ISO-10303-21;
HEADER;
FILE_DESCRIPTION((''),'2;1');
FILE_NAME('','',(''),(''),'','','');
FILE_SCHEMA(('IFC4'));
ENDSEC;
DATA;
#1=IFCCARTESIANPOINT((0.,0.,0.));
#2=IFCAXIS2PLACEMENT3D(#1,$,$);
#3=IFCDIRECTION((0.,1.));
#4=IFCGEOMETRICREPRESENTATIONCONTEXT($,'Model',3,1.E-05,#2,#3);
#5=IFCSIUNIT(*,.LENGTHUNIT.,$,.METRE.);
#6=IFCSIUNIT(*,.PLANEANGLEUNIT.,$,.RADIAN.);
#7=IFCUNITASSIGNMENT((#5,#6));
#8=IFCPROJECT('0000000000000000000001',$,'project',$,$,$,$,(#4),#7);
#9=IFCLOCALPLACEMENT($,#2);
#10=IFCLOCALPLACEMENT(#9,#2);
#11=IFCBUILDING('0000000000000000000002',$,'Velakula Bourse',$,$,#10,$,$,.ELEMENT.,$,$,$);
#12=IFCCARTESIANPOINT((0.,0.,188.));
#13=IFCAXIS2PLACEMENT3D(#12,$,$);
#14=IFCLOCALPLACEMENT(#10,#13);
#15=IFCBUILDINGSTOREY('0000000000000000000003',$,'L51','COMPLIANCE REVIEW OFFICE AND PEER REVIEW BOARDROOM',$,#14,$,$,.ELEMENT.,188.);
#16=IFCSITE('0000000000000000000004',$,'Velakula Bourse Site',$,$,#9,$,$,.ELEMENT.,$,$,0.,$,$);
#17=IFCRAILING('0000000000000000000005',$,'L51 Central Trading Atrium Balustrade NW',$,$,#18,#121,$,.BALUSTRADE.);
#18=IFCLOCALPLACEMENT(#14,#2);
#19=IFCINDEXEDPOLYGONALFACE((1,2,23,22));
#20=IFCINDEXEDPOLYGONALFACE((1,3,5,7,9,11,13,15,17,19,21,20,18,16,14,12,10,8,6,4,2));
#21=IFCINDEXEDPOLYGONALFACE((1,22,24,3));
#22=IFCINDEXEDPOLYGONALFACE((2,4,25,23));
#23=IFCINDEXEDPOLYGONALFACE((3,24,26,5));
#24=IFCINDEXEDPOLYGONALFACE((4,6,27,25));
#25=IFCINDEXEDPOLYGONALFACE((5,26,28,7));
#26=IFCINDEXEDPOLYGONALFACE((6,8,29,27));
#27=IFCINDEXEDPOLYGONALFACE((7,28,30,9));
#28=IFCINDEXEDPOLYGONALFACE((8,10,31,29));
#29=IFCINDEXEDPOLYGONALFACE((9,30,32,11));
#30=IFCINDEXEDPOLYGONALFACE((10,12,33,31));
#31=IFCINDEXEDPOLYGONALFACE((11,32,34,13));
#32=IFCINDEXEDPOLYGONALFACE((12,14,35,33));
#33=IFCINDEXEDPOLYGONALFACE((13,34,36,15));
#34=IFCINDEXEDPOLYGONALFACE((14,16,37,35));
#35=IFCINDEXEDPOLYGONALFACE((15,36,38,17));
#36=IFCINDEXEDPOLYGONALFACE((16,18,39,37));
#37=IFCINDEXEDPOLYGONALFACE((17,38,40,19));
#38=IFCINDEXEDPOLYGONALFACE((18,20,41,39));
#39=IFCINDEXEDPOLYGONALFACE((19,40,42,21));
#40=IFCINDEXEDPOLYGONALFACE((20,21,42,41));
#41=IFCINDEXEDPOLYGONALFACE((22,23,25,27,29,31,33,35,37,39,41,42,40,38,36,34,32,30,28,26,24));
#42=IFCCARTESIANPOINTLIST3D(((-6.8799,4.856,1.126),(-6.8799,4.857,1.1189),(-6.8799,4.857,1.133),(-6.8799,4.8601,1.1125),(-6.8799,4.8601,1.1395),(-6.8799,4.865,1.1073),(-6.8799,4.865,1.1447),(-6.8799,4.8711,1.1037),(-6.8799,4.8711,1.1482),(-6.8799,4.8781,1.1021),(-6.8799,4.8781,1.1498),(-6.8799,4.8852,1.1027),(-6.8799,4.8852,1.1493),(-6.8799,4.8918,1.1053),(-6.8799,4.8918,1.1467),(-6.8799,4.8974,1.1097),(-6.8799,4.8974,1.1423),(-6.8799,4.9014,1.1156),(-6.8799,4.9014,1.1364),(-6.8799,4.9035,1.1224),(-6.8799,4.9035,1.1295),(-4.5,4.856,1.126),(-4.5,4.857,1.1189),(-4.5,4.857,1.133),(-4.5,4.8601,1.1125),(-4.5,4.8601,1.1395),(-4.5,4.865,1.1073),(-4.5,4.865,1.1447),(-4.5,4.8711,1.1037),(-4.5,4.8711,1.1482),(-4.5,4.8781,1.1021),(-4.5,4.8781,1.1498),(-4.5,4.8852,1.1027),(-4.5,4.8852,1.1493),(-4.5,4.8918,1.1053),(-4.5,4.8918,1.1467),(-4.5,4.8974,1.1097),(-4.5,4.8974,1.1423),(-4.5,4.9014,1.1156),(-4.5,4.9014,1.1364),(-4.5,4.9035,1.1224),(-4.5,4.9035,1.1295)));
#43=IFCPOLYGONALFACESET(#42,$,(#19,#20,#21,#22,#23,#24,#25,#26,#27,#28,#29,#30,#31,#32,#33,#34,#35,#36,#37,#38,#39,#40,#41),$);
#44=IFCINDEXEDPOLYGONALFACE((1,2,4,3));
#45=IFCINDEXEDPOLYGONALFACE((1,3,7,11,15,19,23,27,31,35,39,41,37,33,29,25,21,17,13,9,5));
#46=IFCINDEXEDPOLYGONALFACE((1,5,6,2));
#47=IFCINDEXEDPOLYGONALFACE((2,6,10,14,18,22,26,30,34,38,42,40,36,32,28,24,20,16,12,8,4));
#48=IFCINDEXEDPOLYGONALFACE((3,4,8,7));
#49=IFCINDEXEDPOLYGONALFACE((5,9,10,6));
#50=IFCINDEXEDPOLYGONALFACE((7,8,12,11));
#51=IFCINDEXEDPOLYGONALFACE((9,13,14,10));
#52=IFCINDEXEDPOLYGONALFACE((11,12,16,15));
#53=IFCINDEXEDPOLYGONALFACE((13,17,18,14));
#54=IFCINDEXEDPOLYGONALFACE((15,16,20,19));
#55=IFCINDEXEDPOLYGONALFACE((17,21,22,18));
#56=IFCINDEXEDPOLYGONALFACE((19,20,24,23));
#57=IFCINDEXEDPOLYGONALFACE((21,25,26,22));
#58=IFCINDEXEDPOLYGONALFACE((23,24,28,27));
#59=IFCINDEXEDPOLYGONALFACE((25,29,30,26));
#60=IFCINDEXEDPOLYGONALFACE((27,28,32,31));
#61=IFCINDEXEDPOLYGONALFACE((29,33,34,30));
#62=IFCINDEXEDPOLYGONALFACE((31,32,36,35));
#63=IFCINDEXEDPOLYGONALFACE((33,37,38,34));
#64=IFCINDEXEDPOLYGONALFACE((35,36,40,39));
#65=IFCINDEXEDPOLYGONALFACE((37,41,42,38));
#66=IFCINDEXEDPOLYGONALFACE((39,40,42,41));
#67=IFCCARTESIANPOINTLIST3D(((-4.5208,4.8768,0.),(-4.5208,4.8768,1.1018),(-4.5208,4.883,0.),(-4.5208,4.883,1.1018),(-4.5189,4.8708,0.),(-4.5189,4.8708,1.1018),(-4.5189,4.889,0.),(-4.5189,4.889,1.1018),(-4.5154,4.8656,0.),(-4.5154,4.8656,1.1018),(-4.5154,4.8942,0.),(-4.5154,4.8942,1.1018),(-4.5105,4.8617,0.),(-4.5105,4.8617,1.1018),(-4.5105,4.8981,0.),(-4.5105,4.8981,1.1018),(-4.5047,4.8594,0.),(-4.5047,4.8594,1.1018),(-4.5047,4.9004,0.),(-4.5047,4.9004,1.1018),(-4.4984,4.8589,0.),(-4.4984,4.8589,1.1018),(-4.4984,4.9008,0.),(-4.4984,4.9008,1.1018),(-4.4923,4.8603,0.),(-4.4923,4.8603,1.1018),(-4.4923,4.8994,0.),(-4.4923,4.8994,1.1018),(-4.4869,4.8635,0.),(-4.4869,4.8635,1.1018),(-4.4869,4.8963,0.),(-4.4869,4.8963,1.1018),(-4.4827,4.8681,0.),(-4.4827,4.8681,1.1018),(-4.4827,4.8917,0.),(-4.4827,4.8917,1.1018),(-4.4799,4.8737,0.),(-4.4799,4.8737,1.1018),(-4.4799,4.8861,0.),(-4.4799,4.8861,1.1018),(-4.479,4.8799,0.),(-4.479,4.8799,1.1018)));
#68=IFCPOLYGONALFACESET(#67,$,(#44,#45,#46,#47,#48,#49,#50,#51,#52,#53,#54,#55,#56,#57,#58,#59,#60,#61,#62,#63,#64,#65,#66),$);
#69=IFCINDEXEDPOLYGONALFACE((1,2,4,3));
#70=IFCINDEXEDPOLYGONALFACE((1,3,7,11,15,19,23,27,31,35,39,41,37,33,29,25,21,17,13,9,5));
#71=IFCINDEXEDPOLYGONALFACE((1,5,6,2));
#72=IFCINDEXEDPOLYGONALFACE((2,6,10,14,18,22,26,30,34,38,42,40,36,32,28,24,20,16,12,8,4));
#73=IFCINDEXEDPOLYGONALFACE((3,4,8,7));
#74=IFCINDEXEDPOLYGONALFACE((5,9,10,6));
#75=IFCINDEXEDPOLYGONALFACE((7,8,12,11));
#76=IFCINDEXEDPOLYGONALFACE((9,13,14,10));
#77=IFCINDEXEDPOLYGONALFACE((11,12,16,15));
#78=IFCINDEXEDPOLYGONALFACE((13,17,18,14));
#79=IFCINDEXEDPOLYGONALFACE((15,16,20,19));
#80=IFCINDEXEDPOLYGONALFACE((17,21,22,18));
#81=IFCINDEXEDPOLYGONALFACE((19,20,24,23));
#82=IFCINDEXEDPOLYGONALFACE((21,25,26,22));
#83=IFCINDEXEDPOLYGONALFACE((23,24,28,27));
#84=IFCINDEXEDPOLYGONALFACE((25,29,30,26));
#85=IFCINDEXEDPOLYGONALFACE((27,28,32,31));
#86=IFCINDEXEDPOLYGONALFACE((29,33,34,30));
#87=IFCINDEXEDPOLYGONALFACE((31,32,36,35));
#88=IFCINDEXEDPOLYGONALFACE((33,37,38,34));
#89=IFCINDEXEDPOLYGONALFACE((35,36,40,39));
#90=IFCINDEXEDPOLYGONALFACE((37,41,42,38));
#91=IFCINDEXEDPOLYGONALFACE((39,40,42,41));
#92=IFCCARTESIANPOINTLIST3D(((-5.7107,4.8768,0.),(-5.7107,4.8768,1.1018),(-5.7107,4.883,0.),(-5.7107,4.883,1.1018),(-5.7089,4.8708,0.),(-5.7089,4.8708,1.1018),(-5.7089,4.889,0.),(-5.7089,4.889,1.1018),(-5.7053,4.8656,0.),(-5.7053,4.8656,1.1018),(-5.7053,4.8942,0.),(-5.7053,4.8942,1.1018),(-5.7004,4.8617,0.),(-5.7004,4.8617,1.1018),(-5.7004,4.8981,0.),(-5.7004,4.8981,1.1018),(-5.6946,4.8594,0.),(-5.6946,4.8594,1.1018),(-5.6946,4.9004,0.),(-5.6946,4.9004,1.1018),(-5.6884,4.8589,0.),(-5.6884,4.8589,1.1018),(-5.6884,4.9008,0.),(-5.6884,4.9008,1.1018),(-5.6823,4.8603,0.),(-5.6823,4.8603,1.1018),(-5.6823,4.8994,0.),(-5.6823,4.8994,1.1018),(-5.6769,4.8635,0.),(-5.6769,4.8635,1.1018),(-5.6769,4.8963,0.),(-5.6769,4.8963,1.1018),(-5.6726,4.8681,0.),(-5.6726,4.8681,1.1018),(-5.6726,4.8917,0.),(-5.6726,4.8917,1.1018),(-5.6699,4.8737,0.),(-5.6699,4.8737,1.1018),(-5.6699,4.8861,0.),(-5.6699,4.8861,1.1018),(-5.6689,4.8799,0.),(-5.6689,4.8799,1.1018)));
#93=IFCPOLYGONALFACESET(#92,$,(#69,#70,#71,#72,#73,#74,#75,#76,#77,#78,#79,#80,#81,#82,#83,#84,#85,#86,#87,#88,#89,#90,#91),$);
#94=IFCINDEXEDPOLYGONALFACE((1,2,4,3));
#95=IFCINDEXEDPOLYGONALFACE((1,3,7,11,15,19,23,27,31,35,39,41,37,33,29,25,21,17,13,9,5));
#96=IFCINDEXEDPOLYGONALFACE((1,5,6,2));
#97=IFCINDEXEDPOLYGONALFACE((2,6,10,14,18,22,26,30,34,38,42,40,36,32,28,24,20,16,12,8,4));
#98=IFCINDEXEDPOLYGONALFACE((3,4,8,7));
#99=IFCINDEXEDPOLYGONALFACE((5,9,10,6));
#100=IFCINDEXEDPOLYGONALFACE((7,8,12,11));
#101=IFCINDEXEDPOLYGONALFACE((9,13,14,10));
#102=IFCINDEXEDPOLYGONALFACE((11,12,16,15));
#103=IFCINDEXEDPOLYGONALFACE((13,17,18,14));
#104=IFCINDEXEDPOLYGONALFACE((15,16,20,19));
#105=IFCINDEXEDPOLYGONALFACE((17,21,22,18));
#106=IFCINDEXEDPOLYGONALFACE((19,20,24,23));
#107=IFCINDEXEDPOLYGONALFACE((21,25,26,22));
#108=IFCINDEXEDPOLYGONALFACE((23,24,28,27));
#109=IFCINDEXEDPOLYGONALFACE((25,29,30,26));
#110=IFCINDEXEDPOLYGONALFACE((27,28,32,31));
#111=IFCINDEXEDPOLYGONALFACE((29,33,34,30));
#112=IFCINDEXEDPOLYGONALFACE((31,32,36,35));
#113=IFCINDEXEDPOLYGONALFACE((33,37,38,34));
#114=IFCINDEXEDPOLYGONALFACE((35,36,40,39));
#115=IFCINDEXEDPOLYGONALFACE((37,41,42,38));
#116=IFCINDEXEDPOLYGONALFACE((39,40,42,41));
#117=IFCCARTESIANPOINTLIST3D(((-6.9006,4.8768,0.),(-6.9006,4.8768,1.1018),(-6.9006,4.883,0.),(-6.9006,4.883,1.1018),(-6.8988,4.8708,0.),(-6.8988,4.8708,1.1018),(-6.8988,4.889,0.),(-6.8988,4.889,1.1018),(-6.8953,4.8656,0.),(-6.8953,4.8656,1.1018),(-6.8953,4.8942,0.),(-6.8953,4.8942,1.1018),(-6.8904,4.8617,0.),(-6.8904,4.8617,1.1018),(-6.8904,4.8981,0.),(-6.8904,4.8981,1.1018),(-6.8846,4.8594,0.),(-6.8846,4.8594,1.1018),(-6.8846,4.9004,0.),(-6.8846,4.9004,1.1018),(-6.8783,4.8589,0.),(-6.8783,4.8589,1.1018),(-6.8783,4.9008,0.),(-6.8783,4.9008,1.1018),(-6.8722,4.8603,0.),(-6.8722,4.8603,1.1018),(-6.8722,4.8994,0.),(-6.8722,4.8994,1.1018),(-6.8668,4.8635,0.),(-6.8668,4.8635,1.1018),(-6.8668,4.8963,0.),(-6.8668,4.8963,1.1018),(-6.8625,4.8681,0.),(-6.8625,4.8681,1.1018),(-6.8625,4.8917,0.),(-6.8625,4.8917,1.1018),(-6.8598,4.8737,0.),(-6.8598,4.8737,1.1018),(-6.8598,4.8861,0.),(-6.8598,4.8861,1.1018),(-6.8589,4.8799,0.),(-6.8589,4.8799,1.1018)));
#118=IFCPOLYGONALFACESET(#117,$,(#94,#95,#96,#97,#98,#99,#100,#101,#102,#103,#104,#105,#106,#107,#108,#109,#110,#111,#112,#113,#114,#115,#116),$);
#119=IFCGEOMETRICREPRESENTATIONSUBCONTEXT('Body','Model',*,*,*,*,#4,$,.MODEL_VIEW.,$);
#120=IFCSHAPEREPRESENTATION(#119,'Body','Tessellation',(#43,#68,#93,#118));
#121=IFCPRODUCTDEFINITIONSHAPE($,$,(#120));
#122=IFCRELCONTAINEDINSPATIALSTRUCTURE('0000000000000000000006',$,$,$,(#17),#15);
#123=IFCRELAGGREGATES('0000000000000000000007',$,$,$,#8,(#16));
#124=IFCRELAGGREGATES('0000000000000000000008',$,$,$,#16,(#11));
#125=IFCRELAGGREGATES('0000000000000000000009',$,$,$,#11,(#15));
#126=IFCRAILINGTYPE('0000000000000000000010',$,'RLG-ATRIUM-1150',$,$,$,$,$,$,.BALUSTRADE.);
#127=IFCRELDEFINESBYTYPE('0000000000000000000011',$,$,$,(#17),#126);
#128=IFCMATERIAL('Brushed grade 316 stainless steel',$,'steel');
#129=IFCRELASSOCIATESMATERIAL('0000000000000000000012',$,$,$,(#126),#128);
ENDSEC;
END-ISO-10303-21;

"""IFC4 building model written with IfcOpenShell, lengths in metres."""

from ifc_helpers import new_model, si_unit, direction, frame, origin, origin_2d, place, context, subcontext, project, spatial, circle, extrude, material, type_object, element, save


model = new_model("IFC4")

# Units and contexts
model_context = context("Model", 3, precision=1e-05, world=origin(), true_north=direction((0.0, 1.0)))
body_context = subcontext(model_context, "Body", "Model", "MODEL_VIEW")
ifc_project = project(units=[si_unit("LENGTHUNIT", "METRE"), si_unit("PLANEANGLEUNIT", "RADIAN")], contexts=[model_context])

# Site, building, storey
site_placement = place(None, origin())
site = spatial("IfcSite", under=ifc_project, at=site_placement, Name="Velakula Bourse Site", CompositionType="ELEMENT", RefElevation=0.0)
building_placement = place(site_placement, origin())
building = spatial("IfcBuilding", under=site, at=building_placement, Name="Velakula Bourse", CompositionType="ELEMENT")
storey_placement = place(building_placement, frame((0.0, 0.0, 188.0)))
storey = spatial("IfcBuildingStorey", under=building, at=storey_placement, Name="L51", Description="COMPLIANCE REVIEW OFFICE AND PEER REVIEW BOARDROOM", CompositionType="ELEMENT", Elevation=188.0)

# Railing
ifc_material_1 = material(Name="Brushed grade 316 stainless steel", Category="steel")
railing_type = type_object("IfcRailingType", Name="RLG-ATRIUM-1150", PredefinedType="BALUSTRADE", material=ifc_material_1)
railing_1_placement = place(storey_placement, frame((-4.5, 4.8799, 0.0)))
element("IfcRailing", 1, at=railing_1_placement, inside=storey, type_object=railing_type, Name="L51 Central Trading Atrium Balustrade NW", PredefinedType="BALUSTRADE", context=body_context, shape_type="SweptSolid", body=[
    extrude(circle(Radius=0.0239, at=origin_2d()), frame((0.0, 0.0, 1.126), z_axis=(-1.0, 0.0, 0.0), x_axis=(0.0, -1.0, 0.0)), (0.0, 0.0, 1.0), 2.3799),
    extrude(circle(Radius=0.021, at=origin_2d()), origin(), (0.0, 0.0, 1.0), 1.1018),
    extrude(circle(Radius=0.021, at=origin_2d()), frame((-1.1899, 0.0, 0.0)), (0.0, 0.0, 1.0), 1.1018),
    extrude(circle(Radius=0.021, at=origin_2d()), frame((-2.3799, 0.0, 0.0)), (0.0, 0.0, 1.0), 1.1018),
])

save(model, "model.ifc")
